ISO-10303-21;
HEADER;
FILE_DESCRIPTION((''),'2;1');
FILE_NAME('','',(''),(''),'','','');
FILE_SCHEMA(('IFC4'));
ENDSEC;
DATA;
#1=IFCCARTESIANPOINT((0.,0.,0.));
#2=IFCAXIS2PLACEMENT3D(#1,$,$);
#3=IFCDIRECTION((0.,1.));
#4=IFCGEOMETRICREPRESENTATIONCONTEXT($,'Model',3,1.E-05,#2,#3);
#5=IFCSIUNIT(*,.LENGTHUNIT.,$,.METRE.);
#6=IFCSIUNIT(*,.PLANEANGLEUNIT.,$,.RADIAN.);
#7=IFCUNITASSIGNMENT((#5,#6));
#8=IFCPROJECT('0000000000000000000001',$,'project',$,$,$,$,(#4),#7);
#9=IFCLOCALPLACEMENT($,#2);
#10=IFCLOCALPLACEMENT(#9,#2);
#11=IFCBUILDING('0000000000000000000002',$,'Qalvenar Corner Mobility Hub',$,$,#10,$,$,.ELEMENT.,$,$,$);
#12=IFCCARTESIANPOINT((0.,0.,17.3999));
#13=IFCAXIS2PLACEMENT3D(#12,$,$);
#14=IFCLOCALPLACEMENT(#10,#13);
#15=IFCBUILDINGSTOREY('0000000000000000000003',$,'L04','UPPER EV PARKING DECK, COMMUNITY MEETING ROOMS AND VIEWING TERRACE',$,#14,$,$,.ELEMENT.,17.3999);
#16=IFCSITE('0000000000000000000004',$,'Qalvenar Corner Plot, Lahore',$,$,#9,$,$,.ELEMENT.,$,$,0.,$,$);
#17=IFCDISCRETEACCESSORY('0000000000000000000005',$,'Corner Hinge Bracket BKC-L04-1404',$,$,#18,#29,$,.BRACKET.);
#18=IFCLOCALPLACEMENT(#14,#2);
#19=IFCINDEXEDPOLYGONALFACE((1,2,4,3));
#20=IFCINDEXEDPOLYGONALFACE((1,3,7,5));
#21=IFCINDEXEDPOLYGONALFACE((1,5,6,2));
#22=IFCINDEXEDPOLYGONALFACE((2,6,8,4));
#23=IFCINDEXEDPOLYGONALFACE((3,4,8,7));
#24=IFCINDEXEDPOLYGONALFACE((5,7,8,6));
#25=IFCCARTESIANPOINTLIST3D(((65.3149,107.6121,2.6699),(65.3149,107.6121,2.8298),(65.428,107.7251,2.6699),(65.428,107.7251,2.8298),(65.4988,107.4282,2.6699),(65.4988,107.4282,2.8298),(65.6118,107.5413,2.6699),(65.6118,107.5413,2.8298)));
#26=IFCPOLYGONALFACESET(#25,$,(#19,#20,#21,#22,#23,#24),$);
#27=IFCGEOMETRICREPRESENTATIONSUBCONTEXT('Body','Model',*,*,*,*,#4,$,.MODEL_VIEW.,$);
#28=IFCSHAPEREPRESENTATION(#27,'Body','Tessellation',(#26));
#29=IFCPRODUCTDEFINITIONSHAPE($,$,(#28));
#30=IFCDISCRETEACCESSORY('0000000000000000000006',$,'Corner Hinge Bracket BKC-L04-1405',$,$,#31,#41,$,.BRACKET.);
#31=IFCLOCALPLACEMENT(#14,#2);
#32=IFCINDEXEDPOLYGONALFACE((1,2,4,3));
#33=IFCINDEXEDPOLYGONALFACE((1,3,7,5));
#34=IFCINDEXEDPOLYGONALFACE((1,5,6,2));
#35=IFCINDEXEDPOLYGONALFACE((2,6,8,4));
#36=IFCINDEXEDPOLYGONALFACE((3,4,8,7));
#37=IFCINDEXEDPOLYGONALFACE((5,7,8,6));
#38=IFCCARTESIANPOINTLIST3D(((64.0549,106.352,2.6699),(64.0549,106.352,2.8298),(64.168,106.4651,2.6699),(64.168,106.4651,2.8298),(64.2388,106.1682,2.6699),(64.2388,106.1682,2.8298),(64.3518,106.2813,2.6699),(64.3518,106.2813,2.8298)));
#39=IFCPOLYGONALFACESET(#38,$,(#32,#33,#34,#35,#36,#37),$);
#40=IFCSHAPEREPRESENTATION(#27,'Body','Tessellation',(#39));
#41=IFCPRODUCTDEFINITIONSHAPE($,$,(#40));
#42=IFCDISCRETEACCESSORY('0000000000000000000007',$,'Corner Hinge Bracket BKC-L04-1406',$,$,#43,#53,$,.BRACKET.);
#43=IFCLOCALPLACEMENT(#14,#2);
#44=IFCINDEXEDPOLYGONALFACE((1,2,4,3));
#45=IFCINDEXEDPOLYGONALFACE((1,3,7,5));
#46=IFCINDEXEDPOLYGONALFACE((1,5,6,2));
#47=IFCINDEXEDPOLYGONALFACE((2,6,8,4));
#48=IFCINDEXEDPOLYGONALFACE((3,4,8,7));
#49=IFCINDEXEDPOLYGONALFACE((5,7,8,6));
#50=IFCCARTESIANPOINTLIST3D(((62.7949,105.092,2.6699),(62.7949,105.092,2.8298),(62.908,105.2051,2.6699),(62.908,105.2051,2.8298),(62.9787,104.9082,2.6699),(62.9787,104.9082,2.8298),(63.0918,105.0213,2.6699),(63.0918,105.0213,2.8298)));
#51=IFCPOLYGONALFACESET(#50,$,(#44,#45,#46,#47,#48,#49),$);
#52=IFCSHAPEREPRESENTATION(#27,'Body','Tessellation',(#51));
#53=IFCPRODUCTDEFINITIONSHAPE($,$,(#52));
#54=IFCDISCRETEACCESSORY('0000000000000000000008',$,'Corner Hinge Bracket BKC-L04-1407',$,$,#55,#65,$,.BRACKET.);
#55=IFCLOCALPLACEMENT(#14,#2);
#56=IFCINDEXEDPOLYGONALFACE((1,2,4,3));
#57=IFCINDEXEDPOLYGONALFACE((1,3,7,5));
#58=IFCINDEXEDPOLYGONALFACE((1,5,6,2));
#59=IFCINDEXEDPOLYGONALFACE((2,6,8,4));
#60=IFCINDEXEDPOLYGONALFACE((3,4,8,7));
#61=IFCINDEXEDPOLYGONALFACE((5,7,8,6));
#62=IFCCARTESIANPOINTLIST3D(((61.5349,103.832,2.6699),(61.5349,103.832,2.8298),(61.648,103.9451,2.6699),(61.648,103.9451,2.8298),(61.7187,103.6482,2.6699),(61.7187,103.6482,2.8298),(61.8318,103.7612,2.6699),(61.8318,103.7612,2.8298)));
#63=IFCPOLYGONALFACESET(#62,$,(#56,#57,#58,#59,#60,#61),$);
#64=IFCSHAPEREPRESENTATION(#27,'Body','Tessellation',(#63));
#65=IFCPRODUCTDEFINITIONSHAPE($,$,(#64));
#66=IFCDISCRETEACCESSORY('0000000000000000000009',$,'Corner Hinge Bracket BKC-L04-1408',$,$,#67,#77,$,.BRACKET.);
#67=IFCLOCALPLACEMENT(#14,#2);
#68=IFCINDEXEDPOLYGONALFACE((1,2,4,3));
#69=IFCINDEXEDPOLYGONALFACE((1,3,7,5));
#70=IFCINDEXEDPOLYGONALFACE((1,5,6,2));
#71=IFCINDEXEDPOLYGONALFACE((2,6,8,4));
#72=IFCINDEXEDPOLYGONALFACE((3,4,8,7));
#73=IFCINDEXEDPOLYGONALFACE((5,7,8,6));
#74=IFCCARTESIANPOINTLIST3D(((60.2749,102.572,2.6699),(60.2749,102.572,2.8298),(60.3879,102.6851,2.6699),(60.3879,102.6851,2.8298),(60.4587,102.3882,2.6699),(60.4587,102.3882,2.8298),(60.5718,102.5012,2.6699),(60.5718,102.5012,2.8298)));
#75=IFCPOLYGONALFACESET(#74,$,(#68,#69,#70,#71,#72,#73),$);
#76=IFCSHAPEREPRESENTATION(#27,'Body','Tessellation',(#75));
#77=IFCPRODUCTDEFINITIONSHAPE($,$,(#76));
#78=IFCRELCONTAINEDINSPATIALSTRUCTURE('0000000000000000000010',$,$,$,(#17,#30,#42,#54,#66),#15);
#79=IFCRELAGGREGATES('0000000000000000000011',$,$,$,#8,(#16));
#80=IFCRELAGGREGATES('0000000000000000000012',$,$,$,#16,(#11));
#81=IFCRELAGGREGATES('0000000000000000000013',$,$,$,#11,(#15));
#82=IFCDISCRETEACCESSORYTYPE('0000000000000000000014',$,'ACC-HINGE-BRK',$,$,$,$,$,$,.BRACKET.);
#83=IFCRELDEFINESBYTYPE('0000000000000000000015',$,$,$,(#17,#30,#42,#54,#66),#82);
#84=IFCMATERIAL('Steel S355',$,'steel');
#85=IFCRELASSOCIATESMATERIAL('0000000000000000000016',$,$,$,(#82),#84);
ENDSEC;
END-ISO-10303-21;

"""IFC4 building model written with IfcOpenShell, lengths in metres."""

from ifc_helpers import new_model, si_unit, direction, frame, origin, origin_2d, place, context, subcontext, project, spatial, rectangle, extrude, material, type_object, element, save


model = new_model("IFC4")

# Units and contexts
model_context = context("Model", 3, precision=1e-05, world=origin(), true_north=direction((0.0, 1.0)))
body_context = subcontext(model_context, "Body", "Model", "MODEL_VIEW")
ifc_project = project(units=[si_unit("LENGTHUNIT", "METRE"), si_unit("PLANEANGLEUNIT", "RADIAN")], contexts=[model_context])

# Site, building, storey
site_placement = place(None, origin())
site = spatial("IfcSite", under=ifc_project, at=site_placement, Name="Qalvenar Corner Plot, Lahore", CompositionType="ELEMENT", RefElevation=0.0)
building_placement = place(site_placement, origin())
building = spatial("IfcBuilding", under=site, at=building_placement, Name="Qalvenar Corner Mobility Hub", CompositionType="ELEMENT")
storey_placement = place(building_placement, frame((0.0, 0.0, 17.3999)))
storey = spatial("IfcBuildingStorey", under=building, at=storey_placement, Name="L04", Description="UPPER EV PARKING DECK, COMMUNITY MEETING ROOMS AND VIEWING TERRACE", CompositionType="ELEMENT", Elevation=17.3999)

# Shared definitions
ifc_material_1 = material(Name="Steel S355", Category="steel")

# Discrete accessories
discrete_accessory_type = type_object("IfcDiscreteAccessoryType", Name="ACC-HINGE-BRK", PredefinedType="BRACKET", material=ifc_material_1)
for number, where, z_axis, x_axis, name in (
    (1, (65.4634, 107.5767, 2.6699), (0.0, 0.0, 1.0), (-0.707107, -0.707107, 0.0), "Corner Hinge Bracket BKC-L04-1404"),
    (2, (64.2034, 106.3167, 2.6699), (0.0, 0.0, 1.0), (-0.707107, -0.707107, 0.0), "Corner Hinge Bracket BKC-L04-1405"),
    (3, (62.9434, 105.0566, 2.6699), (0.0, 0.0, 1.0), (-0.707107, -0.707107, 0.0), "Corner Hinge Bracket BKC-L04-1406"),
    (4, (61.6833, 103.7966, 2.6699), (0.0, 0.0, 1.0), (-0.707107, -0.707107, 0.0), "Corner Hinge Bracket BKC-L04-1407"),
    (5, (60.4233, 102.5366, 2.6699), (0.0, 0.0, 1.0), (-0.707107, -0.707107, 0.0), "Corner Hinge Bracket BKC-L04-1408"),
):
    element("IfcDiscreteAccessory", number, at=place(storey_placement, frame(where, z_axis=z_axis, x_axis=x_axis)), inside=storey, type_object=discrete_accessory_type, Name=name, PredefinedType="BRACKET", context=body_context, shape_type="SweptSolid", body=[
        extrude(rectangle(XDim=0.1599, YDim=0.26, at=origin_2d()), origin(), (0.0, 0.0, 1.0), 0.1599),
    ])

save(model, "model.ifc")
